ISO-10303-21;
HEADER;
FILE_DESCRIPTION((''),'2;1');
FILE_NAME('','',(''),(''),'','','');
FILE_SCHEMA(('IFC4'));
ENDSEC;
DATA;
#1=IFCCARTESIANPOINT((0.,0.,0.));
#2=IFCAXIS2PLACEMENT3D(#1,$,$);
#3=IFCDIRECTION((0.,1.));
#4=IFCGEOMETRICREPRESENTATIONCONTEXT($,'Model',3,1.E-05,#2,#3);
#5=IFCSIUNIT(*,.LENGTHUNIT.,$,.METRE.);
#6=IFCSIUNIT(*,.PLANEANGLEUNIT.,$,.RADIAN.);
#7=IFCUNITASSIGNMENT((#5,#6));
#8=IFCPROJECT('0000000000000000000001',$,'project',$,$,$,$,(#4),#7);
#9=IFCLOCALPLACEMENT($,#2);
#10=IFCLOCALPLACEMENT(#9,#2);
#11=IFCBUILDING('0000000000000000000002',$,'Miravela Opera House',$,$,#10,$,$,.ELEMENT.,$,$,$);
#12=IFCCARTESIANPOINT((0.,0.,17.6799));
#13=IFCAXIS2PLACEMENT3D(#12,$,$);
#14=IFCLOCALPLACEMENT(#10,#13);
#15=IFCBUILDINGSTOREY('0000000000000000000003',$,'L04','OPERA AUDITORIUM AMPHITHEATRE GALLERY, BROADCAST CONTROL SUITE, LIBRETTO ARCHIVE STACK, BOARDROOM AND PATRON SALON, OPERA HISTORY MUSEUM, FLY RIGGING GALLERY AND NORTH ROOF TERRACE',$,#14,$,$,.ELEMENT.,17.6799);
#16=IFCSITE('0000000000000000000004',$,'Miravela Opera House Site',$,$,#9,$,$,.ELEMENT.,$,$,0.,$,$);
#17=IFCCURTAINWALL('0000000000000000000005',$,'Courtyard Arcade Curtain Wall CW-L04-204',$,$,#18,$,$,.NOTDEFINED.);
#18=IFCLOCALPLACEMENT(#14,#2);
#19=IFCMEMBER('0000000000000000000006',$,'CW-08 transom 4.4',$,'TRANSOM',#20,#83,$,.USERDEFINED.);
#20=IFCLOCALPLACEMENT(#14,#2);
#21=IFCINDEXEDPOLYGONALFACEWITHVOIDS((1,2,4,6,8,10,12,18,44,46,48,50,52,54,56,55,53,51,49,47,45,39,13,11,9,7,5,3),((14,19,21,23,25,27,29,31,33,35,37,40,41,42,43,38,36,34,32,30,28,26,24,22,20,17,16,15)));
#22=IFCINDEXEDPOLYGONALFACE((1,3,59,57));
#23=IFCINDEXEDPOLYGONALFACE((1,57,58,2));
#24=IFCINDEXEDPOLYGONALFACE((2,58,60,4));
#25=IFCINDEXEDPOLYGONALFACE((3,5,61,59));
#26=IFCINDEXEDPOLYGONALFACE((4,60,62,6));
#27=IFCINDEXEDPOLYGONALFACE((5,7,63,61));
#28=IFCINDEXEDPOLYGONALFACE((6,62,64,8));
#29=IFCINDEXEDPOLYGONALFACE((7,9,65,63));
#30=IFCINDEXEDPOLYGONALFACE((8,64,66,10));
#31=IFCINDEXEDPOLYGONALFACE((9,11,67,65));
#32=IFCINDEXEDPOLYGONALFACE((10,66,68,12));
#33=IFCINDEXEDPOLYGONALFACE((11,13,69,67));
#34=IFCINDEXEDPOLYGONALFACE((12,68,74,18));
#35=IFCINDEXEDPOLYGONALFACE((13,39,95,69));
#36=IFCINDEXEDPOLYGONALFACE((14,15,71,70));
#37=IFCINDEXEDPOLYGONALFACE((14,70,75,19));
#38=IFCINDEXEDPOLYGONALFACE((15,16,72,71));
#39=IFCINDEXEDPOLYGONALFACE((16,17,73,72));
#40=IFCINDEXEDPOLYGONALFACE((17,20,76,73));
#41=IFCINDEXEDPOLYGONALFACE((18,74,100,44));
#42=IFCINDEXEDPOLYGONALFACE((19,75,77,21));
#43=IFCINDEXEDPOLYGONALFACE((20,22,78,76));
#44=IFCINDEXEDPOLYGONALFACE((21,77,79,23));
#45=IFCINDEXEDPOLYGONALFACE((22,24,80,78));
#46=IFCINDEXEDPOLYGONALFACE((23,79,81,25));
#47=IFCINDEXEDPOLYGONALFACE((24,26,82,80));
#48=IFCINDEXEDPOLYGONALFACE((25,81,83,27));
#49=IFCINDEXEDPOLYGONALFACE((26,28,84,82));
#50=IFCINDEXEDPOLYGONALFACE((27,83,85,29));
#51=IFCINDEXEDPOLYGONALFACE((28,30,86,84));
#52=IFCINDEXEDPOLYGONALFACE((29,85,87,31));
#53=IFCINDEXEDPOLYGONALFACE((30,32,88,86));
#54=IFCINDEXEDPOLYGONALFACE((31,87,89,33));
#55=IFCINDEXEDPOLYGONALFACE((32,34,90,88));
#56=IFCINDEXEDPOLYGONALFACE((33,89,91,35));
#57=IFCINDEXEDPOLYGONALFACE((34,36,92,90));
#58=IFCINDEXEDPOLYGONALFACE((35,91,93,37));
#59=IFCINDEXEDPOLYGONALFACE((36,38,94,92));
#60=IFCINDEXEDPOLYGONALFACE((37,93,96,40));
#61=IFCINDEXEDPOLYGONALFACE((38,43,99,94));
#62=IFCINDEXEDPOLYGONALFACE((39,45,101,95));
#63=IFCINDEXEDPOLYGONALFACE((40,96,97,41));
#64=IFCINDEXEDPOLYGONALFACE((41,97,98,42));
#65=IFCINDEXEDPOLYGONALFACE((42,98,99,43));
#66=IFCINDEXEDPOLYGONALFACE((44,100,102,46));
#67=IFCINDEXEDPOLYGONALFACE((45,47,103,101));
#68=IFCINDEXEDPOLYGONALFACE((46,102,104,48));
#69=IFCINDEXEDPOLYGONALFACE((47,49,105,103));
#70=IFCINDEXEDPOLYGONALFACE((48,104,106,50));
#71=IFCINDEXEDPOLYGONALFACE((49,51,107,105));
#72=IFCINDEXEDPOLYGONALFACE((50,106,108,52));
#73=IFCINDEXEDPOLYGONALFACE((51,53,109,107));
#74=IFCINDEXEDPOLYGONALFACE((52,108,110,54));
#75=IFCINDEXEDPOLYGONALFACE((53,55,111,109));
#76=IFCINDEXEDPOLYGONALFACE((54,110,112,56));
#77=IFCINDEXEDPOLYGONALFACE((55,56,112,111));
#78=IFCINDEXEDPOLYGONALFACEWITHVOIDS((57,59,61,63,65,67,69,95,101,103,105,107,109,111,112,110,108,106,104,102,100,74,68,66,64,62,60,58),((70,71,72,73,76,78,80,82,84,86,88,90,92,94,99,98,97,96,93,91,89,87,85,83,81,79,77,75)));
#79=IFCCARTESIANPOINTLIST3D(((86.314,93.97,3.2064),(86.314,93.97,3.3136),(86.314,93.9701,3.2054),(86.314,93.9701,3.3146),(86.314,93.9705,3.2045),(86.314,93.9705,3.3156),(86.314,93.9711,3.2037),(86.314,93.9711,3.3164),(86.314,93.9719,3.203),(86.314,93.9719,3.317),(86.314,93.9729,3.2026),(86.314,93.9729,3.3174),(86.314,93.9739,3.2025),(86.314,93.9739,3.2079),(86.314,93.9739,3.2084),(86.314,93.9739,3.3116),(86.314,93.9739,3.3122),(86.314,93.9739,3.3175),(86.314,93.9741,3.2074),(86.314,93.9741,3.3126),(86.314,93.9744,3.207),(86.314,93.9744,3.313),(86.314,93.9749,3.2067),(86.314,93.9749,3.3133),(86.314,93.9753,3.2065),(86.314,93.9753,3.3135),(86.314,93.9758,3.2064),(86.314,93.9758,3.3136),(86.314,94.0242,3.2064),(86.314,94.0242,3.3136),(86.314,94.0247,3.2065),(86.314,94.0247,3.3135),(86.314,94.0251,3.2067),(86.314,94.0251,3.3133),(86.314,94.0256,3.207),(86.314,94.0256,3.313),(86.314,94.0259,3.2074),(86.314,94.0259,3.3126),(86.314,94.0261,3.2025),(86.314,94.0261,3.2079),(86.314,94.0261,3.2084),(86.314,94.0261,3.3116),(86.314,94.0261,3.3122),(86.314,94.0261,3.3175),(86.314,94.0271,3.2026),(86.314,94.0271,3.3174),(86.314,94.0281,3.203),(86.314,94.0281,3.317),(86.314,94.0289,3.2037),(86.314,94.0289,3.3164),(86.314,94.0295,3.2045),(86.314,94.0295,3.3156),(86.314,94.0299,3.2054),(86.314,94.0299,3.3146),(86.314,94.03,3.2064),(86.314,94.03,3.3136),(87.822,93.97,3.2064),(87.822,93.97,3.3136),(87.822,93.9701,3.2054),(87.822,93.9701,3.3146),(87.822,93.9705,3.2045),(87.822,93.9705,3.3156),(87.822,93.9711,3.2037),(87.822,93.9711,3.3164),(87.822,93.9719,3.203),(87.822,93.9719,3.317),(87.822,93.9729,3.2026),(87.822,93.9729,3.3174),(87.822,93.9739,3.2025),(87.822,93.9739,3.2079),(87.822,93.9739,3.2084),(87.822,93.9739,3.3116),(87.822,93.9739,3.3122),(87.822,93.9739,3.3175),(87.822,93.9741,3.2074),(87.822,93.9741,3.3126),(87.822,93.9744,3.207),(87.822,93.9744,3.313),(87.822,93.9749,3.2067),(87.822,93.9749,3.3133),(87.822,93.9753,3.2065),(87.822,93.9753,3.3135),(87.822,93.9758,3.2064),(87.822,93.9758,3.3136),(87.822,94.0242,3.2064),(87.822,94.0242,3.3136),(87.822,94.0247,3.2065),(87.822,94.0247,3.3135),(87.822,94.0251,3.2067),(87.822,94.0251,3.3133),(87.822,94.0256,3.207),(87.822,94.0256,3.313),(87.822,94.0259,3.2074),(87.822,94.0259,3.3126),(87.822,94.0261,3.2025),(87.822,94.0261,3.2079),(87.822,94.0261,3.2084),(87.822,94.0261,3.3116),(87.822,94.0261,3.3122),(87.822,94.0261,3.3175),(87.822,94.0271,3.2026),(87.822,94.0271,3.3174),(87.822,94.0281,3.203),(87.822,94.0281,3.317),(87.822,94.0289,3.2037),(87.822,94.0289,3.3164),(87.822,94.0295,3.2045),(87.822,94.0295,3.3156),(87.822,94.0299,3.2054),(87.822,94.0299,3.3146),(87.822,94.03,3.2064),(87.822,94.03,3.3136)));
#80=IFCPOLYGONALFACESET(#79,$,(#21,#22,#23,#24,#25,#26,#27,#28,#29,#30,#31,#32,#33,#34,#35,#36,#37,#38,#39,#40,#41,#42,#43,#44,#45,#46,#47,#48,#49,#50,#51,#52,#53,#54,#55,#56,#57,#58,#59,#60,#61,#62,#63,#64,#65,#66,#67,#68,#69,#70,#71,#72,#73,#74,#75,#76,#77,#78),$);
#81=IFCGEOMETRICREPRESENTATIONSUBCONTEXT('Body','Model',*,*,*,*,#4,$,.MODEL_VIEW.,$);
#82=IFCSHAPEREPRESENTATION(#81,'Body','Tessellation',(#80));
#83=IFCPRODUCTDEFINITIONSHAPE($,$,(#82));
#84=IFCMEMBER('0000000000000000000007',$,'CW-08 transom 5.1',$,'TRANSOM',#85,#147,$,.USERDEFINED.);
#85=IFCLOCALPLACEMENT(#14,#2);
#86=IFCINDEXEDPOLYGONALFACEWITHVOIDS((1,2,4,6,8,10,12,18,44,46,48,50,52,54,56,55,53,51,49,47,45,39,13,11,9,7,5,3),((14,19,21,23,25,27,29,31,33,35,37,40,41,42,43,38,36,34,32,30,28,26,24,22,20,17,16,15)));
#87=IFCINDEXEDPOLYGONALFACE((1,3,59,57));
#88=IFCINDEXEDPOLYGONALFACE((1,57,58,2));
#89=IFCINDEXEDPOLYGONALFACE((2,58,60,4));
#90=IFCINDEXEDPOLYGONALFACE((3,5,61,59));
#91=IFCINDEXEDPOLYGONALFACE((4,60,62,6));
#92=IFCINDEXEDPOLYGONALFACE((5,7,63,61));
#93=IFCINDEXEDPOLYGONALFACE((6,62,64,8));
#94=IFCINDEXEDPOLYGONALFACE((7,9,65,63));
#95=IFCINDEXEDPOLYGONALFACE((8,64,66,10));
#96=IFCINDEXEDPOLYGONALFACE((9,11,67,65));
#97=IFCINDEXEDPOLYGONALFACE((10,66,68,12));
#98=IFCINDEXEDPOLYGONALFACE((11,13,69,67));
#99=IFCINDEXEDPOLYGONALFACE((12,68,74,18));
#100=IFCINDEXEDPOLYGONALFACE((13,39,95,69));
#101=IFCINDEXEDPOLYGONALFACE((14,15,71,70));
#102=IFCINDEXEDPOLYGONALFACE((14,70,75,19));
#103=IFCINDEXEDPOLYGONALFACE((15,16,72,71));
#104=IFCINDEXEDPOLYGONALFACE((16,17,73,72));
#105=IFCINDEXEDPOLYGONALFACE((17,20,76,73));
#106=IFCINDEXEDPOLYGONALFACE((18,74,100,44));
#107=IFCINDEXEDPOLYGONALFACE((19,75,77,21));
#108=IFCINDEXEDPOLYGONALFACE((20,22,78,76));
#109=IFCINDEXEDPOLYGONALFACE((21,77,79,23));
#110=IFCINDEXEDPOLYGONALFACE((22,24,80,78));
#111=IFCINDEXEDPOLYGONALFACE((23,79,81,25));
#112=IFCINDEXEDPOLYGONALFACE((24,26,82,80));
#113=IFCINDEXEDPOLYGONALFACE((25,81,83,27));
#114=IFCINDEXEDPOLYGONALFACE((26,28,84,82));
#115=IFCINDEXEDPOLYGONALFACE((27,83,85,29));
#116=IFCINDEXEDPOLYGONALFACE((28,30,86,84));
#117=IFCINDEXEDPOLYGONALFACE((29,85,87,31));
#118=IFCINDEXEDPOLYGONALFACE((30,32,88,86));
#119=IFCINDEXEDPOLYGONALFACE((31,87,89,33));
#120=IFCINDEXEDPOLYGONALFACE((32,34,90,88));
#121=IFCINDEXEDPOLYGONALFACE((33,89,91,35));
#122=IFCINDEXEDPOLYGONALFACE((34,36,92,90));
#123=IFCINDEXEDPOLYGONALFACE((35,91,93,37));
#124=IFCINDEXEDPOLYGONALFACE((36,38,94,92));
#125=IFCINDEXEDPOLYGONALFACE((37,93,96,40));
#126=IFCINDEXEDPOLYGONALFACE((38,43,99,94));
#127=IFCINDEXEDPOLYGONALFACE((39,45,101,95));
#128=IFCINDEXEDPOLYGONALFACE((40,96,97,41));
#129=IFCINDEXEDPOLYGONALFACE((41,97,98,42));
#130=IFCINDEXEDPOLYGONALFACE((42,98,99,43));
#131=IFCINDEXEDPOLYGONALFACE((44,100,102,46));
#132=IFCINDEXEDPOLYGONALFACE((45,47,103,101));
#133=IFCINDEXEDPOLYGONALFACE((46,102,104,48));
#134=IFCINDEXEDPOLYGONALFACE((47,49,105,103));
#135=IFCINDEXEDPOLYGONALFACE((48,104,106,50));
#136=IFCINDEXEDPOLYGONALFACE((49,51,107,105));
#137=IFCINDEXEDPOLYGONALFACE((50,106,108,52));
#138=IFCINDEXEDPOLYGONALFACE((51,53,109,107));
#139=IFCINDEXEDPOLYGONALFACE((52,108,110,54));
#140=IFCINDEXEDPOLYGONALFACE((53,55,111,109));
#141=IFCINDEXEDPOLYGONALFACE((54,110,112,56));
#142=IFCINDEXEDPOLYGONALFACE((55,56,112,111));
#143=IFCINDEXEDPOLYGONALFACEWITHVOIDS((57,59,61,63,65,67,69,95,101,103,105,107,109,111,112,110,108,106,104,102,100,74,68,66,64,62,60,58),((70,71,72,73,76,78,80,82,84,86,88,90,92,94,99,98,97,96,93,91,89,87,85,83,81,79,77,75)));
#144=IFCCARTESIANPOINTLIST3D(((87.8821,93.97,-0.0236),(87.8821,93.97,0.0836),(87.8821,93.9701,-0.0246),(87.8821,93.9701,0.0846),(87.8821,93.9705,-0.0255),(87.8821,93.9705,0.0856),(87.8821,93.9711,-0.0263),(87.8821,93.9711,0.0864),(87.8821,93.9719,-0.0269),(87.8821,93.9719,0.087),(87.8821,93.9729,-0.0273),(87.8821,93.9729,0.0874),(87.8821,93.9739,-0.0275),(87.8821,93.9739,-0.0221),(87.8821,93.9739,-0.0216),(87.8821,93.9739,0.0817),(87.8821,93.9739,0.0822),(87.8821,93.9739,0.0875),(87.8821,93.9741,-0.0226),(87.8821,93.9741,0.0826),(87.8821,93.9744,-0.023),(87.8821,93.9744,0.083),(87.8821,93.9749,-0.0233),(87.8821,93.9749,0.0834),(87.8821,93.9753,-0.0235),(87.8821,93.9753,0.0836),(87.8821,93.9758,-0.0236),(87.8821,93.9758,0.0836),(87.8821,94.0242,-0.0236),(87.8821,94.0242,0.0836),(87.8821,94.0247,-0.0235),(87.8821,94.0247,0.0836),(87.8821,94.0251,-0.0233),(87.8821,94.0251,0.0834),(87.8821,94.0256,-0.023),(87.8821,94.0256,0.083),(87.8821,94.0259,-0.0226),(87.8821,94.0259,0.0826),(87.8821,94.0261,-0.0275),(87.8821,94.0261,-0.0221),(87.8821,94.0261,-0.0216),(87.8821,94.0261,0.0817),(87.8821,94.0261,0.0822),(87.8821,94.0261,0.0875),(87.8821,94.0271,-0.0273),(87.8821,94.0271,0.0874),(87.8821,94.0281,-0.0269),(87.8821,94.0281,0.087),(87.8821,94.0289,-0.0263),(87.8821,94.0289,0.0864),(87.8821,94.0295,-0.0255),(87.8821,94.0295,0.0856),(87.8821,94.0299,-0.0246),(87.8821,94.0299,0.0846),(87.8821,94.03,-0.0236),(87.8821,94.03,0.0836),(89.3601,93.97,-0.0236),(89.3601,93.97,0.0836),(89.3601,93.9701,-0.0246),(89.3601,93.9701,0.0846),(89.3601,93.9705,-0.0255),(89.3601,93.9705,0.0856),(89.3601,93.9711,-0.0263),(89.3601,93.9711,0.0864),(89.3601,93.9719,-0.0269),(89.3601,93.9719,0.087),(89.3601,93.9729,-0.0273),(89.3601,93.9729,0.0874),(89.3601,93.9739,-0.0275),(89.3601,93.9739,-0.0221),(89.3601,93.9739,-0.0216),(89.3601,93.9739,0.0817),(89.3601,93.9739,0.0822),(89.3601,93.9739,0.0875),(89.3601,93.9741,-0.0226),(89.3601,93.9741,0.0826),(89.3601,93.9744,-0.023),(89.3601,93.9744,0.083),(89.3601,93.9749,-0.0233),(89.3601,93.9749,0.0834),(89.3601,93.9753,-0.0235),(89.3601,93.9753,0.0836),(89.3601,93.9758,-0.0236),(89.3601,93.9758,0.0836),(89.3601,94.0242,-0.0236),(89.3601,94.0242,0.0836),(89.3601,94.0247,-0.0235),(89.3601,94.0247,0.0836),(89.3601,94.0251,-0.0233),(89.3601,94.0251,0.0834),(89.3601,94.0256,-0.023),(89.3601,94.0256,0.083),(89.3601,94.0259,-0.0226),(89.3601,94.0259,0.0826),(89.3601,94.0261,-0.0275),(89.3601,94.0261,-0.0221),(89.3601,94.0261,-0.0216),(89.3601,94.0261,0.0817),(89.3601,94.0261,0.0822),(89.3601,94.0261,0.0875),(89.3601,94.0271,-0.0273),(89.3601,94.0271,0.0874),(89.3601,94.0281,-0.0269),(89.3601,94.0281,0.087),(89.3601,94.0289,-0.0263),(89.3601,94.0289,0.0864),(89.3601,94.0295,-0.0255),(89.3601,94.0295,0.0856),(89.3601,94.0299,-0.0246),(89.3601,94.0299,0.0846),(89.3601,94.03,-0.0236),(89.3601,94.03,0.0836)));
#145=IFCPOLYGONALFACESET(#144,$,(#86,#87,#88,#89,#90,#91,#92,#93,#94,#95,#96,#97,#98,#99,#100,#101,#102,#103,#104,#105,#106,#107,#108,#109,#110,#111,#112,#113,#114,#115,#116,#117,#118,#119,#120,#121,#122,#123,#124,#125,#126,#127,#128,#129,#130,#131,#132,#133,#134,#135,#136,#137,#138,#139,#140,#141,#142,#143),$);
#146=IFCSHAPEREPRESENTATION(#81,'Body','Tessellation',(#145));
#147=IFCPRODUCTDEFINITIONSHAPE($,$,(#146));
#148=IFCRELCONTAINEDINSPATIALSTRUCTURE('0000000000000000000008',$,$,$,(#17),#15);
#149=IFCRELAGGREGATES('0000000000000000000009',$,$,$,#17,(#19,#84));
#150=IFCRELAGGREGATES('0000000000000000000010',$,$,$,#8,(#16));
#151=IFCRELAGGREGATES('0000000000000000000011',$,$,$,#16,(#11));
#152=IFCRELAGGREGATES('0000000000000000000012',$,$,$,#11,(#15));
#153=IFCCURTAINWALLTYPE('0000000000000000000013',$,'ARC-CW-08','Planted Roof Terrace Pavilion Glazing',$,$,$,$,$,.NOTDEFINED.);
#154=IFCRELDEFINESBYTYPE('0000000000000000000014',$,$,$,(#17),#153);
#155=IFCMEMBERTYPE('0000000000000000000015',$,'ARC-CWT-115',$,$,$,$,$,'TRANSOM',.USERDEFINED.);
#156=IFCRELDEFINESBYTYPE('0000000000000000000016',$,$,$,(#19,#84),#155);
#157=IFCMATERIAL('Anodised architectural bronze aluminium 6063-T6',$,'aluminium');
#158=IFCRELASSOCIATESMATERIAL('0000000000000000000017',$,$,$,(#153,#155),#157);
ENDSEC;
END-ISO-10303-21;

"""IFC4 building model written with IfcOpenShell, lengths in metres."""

from ifc_helpers import new_model, si_unit, direction, frame, origin, origin_2d, place, context, subcontext, project, spatial, hollow_rectangle, extrude, material, material_profile, profile_set, type_object, element, aggregate, save


model = new_model("IFC4")

# Units and contexts
model_context = context("Model", 3, precision=1e-05, world=origin(), true_north=direction((0.0, 1.0)))
body_context = subcontext(model_context, "Body", "Model", "MODEL_VIEW")
ifc_project = project(units=[si_unit("LENGTHUNIT", "METRE"), si_unit("PLANEANGLEUNIT", "RADIAN")], contexts=[model_context])

# Site, building, storey
site_placement = place(None, origin())
site = spatial("IfcSite", under=ifc_project, at=site_placement, Name="Miravela Opera House Site", CompositionType="ELEMENT", RefElevation=0.0)
building_placement = place(site_placement, origin())
building = spatial("IfcBuilding", under=site, at=building_placement, Name="Miravela Opera House", CompositionType="ELEMENT")
storey_placement = place(building_placement, frame((0.0, 0.0, 17.6799)))
storey = spatial("IfcBuildingStorey", under=building, at=storey_placement, Name="L04", Description="OPERA AUDITORIUM AMPHITHEATRE GALLERY, BROADCAST CONTROL SUITE, LIBRETTO ARCHIVE STACK, BOARDROOM AND PATRON SALON, OPERA HISTORY MUSEUM, FLY RIGGING GALLERY AND NORTH ROOF TERRACE", CompositionType="ELEMENT", Elevation=17.6799)

# Curtain wall, members
ifc_material_1 = material(Name="Anodised architectural bronze aluminium 6063-T6", Category="aluminium")
curtain_wall_type = type_object("IfcCurtainWallType", Name="ARC-CW-08", Description="Planted Roof Terrace Pavilion Glazing", PredefinedType="NOTDEFINED", material=ifc_material_1)
curtain_wall_placement = place(storey_placement, origin())
curtain_wall = element("IfcCurtainWall", 1, at=curtain_wall_placement, inside=storey, type_object=curtain_wall_type, Name="Courtyard Arcade Curtain Wall CW-L04-204", PredefinedType="NOTDEFINED")
ifc_material_profile_1 = material_profile(ifc_material_1, hollow_rectangle(XDim=0.0601, YDim=0.115, WallThickness=0.0039, InnerFilletRadius=0.002, OuterFilletRadius=0.0039, at=origin_2d()), Name="CWT-60X115")
ifc_profile_set_1 = profile_set([ifc_material_profile_1])
member_type_1 = type_object("IfcMemberType", Name="ARC-CWT-115", ElementType="TRANSOM", PredefinedType="USERDEFINED", material=ifc_profile_set_1)
member_1_placement = place(storey_placement, frame((86.314, 94.0, 3.26), z_axis=(1.0, 0.0, 0.0), x_axis=(0.0, 1.0, 0.0)))
member_1 = element("IfcMember", 2, at=member_1_placement, type_object=member_type_1, Name="CW-08 transom 4.4", ObjectType="TRANSOM", PredefinedType="USERDEFINED", context=body_context, shape_type="SweptSolid", body=[
    extrude(hollow_rectangle(XDim=0.0601, YDim=0.115, WallThickness=0.0039, InnerFilletRadius=0.002, OuterFilletRadius=0.0039, at=origin_2d()), origin(), (0.0, 0.0, 1.0), 1.5081),
])
member_2_placement = place(storey_placement, frame((87.8821, 94.0, 0.03), z_axis=(1.0, 0.0, 0.0), x_axis=(0.0, 1.0, 0.0)))
member_2 = element("IfcMember", 3, at=member_2_placement, type_object=member_type_1, Name="CW-08 transom 5.1", ObjectType="TRANSOM", PredefinedType="USERDEFINED", context=body_context, shape_type="SweptSolid", body=[
    extrude(hollow_rectangle(XDim=0.0601, YDim=0.115, WallThickness=0.0039, InnerFilletRadius=0.002, OuterFilletRadius=0.0039, at=origin_2d()), origin(), (0.0, 0.0, 1.0), 1.478),
])

aggregate(curtain_wall, [member_1, member_2])

save(model, "model.ifc")
